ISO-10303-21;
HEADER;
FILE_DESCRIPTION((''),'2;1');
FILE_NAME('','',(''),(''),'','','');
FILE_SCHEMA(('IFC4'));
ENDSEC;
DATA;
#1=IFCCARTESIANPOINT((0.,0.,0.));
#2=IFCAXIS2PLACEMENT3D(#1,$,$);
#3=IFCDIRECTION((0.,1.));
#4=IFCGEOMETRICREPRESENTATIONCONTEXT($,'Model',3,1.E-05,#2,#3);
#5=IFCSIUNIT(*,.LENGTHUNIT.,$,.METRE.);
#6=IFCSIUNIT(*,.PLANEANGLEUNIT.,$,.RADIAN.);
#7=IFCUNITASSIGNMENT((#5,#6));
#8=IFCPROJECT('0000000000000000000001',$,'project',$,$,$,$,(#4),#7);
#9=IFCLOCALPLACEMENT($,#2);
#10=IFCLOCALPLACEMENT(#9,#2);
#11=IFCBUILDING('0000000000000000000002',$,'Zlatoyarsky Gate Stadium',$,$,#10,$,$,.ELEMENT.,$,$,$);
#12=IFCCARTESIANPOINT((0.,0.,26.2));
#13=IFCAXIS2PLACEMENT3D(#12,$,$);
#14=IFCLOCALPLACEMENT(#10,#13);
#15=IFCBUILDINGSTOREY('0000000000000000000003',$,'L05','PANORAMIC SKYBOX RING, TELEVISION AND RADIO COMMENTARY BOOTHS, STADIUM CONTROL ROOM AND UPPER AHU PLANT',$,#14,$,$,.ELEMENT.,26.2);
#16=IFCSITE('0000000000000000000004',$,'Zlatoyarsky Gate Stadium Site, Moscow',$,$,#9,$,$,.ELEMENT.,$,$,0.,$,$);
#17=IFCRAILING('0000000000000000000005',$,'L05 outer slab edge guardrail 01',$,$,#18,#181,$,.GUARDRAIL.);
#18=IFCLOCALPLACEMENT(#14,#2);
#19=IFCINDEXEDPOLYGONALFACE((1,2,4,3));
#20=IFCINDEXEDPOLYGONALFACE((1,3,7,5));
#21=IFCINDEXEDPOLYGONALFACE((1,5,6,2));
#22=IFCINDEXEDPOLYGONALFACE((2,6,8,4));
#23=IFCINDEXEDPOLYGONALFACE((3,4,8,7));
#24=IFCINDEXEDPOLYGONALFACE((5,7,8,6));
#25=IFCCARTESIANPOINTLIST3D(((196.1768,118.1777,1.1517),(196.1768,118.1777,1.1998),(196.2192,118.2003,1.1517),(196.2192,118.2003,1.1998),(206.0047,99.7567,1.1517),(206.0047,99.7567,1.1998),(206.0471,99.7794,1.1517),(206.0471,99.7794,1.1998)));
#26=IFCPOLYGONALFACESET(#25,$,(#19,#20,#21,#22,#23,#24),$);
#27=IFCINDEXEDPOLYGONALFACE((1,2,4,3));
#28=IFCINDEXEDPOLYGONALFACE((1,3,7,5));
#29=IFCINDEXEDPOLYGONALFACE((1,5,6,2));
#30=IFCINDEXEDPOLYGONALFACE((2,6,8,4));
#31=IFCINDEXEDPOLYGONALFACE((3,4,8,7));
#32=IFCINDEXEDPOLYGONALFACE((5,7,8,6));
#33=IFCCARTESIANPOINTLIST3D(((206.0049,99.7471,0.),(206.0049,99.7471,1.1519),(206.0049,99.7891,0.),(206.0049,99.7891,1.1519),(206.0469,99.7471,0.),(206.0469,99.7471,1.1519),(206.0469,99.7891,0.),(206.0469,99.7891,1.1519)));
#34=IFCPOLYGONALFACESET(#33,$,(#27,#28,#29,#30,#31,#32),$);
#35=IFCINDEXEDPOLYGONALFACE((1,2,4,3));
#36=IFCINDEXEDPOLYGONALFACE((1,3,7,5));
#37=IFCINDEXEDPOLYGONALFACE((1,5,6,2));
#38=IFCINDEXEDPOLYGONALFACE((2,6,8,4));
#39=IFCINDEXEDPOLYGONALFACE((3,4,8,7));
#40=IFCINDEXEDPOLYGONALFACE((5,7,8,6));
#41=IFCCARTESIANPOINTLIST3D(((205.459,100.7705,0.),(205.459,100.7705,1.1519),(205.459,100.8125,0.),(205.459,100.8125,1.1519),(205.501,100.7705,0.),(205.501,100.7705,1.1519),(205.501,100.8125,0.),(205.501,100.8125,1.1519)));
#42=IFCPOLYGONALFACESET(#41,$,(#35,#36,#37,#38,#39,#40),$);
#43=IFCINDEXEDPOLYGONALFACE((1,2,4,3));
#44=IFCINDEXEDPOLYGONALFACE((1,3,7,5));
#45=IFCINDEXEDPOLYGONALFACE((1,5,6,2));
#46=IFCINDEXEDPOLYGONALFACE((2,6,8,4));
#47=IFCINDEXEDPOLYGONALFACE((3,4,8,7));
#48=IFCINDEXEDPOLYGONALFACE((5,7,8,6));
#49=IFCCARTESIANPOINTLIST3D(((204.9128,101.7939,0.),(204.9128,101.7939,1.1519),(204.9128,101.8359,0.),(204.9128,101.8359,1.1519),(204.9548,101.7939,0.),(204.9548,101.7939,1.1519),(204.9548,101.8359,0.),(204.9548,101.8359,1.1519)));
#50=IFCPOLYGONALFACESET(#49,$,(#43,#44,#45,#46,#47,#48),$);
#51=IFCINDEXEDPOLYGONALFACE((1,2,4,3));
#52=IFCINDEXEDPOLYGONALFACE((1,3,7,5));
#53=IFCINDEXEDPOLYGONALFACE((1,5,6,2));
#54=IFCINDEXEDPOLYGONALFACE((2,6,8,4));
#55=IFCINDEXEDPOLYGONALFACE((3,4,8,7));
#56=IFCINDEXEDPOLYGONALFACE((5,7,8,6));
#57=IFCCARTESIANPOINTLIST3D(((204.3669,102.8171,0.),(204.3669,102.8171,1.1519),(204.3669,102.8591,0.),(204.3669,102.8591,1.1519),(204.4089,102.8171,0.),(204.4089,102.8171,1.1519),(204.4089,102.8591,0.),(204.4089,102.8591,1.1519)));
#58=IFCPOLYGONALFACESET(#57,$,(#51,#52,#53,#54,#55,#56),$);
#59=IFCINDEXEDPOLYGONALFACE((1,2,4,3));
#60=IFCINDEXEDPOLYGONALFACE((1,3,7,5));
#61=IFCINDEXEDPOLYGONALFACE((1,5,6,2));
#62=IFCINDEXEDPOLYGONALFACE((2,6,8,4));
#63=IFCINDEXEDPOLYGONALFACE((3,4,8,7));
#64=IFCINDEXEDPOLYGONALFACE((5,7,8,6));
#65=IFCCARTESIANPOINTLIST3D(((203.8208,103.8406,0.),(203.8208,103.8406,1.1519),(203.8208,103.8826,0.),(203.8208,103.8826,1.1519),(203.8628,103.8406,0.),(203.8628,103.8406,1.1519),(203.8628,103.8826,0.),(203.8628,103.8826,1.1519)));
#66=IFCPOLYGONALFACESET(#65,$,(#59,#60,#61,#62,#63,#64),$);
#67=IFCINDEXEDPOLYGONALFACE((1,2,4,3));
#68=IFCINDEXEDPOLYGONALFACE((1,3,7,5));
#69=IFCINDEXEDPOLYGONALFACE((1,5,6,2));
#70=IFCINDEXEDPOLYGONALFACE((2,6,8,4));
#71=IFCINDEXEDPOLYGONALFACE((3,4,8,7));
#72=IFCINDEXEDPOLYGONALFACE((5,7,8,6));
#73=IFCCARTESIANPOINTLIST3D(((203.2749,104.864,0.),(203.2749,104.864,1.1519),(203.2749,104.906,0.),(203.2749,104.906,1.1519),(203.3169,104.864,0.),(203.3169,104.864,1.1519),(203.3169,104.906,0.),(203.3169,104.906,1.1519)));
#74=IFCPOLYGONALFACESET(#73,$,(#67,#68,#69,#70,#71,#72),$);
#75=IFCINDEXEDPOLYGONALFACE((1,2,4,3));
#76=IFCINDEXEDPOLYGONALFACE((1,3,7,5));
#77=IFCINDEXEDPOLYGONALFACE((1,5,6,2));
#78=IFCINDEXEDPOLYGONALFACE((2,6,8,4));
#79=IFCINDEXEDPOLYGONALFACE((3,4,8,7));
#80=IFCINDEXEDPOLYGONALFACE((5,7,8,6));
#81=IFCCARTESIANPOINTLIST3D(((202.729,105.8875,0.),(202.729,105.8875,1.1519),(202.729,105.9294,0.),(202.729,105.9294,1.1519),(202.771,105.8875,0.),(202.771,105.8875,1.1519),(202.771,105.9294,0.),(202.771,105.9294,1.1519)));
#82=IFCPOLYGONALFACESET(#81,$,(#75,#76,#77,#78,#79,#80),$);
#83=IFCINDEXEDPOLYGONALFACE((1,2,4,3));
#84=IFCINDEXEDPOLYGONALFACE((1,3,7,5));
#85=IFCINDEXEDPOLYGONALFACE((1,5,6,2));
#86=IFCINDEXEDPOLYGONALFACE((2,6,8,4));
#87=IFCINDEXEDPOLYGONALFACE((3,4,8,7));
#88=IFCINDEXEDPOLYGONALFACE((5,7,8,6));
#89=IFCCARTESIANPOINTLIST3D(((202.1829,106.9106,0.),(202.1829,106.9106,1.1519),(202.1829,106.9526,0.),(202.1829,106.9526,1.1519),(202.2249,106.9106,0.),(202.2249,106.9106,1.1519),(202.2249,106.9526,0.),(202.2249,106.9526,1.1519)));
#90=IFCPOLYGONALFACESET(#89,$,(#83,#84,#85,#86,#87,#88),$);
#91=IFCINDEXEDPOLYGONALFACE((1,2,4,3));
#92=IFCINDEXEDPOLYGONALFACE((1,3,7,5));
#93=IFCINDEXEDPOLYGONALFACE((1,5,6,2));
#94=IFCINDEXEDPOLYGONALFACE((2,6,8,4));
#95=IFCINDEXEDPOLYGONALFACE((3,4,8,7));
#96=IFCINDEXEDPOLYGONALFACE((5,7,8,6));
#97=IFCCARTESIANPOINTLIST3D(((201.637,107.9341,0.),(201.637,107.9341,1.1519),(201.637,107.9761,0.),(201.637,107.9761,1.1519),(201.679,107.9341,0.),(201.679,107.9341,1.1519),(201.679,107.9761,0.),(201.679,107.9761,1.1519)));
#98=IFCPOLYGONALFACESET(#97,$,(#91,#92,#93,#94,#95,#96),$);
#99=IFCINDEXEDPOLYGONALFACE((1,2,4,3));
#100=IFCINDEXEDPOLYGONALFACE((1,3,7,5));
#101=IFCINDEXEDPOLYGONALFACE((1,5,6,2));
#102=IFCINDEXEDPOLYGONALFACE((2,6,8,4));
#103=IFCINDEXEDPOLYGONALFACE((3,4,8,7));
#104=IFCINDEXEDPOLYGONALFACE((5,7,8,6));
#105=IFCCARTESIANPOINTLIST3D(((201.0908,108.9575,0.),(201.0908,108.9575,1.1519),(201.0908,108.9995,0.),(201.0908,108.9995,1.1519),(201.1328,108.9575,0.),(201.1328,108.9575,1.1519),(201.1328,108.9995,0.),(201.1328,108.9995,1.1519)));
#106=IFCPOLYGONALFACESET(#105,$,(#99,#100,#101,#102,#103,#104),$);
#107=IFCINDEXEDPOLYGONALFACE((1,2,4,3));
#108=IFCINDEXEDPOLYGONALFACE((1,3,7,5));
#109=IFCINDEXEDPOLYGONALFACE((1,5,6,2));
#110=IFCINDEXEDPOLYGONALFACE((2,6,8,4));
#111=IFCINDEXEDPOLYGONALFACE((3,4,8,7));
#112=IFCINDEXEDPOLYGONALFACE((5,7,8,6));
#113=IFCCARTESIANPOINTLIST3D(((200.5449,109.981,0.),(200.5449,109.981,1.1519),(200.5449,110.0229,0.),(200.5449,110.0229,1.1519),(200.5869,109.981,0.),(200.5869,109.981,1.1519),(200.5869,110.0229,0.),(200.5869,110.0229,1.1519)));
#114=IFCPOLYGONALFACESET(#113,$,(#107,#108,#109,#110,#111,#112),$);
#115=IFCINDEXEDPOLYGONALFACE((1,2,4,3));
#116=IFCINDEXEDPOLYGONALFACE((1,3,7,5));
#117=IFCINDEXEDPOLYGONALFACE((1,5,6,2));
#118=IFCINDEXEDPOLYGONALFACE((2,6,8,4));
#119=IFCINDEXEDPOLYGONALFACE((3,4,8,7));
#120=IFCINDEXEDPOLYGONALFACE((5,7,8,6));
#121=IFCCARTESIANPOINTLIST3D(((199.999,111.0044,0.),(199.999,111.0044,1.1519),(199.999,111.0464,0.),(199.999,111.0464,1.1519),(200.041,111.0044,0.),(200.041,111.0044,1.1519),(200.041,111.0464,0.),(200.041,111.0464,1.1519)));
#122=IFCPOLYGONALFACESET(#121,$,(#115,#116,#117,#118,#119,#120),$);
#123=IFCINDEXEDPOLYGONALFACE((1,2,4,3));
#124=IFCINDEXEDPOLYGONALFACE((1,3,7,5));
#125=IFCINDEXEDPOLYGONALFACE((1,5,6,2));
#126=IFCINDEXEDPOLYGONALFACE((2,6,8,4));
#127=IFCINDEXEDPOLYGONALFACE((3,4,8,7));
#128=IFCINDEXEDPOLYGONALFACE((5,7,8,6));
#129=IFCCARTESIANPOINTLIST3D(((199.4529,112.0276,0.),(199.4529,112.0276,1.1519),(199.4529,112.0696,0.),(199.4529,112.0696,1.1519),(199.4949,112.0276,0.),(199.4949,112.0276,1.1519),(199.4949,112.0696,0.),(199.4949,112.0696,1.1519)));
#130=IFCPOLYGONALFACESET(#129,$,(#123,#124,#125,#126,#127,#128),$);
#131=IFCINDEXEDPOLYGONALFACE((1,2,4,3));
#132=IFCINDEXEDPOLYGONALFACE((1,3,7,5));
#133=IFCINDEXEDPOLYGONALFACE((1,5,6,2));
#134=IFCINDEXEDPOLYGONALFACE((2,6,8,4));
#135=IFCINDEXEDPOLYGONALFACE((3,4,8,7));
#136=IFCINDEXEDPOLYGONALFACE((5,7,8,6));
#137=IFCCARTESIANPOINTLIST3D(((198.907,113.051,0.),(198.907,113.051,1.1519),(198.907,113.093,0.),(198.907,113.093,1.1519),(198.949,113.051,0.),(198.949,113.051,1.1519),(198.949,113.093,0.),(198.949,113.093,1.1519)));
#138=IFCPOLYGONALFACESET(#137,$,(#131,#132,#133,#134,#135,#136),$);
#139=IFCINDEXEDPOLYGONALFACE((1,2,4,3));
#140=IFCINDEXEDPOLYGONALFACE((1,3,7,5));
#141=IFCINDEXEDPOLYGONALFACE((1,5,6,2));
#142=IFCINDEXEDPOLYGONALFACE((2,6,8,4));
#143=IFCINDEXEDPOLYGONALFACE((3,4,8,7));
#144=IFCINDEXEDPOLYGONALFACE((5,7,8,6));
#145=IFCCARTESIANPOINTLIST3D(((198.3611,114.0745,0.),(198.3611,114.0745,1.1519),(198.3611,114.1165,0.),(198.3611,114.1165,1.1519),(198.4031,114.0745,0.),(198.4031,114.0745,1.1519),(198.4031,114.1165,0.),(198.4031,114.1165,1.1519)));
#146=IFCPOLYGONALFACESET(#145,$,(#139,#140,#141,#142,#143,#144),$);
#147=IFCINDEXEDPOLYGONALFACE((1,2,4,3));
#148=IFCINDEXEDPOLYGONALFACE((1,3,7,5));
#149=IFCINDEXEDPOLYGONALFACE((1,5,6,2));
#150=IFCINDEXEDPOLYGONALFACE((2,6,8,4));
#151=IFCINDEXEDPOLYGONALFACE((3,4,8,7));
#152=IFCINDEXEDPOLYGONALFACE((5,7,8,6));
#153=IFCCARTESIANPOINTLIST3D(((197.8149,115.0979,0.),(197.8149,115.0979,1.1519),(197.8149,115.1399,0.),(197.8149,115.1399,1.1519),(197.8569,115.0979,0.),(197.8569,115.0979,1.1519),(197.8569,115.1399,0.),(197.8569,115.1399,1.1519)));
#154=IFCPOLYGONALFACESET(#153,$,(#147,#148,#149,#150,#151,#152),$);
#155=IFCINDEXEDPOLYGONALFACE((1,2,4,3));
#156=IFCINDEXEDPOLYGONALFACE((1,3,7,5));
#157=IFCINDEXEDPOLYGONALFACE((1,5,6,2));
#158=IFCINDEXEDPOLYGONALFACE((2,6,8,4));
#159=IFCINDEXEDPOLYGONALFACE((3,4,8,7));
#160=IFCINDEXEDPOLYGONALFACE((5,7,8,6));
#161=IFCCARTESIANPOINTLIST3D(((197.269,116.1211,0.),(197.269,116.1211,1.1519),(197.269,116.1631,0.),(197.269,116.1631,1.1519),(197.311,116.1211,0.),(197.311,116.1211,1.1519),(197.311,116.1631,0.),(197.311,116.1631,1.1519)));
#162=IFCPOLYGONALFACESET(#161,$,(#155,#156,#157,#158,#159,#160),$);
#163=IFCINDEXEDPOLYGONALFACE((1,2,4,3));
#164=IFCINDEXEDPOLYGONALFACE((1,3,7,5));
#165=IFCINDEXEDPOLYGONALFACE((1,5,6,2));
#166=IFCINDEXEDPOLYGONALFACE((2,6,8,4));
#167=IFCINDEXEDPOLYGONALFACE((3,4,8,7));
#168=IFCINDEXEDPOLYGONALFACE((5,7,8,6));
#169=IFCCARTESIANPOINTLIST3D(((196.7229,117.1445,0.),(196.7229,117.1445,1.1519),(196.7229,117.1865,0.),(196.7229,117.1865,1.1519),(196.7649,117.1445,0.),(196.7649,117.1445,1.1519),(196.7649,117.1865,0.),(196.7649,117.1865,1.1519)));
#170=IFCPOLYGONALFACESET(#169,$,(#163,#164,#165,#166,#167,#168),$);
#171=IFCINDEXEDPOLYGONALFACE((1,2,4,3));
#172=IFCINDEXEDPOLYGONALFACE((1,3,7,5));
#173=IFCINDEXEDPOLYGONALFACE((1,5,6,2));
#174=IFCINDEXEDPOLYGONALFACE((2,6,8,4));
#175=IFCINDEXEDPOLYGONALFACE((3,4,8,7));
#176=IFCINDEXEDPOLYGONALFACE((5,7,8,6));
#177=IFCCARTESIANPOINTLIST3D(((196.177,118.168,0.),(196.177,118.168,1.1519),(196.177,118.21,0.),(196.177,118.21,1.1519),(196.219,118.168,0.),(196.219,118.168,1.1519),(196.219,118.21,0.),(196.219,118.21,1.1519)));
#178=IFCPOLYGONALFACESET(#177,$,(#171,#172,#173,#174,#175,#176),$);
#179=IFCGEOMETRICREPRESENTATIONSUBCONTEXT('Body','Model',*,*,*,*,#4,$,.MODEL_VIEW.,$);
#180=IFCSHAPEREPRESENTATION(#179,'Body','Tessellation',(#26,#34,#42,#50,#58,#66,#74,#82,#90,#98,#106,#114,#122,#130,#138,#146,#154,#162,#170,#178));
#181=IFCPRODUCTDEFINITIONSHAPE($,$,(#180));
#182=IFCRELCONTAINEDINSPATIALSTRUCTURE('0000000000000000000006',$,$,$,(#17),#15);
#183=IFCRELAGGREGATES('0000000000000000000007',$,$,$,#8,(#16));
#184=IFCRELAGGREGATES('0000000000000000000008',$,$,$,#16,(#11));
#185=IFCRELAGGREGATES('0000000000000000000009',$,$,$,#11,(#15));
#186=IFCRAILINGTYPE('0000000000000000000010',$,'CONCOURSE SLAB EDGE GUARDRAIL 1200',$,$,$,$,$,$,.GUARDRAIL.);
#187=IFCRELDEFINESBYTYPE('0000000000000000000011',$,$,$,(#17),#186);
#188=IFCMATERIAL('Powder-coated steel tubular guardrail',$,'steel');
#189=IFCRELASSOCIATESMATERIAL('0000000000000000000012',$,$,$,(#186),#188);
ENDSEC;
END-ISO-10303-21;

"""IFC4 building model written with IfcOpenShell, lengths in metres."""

from ifc_helpers import new_model, si_unit, direction, frame, origin, origin_2d, place, context, subcontext, project, spatial, rectangle, extrude, material, type_object, element, save


model = new_model("IFC4")

# Units and contexts
model_context = context("Model", 3, precision=1e-05, world=origin(), true_north=direction((0.0, 1.0)))
body_context = subcontext(model_context, "Body", "Model", "MODEL_VIEW")
ifc_project = project(units=[si_unit("LENGTHUNIT", "METRE"), si_unit("PLANEANGLEUNIT", "RADIAN")], contexts=[model_context])

# Site, building, storey
site_placement = place(None, origin())
site = spatial("IfcSite", under=ifc_project, at=site_placement, Name="Zlatoyarsky Gate Stadium Site, Moscow", CompositionType="ELEMENT", RefElevation=0.0)
building_placement = place(site_placement, origin())
building = spatial("IfcBuilding", under=site, at=building_placement, Name="Zlatoyarsky Gate Stadium", CompositionType="ELEMENT")
storey_placement = place(building_placement, frame((0.0, 0.0, 26.2)))
storey = spatial("IfcBuildingStorey", under=building, at=storey_placement, Name="L05", Description="PANORAMIC SKYBOX RING, TELEVISION AND RADIO COMMENTARY BOOTHS, STADIUM CONTROL ROOM AND UPPER AHU PLANT", CompositionType="ELEMENT", Elevation=26.2)

# Railing
ifc_material_1 = material(Name="Powder-coated steel tubular guardrail", Category="steel")
railing_type = type_object("IfcRailingType", Name="CONCOURSE SLAB EDGE GUARDRAIL 1200", PredefinedType="GUARDRAIL", material=ifc_material_1)
railing_placement = place(storey_placement, frame((206.0259, 99.7681, 0.0)))
element("IfcRailing", 1, at=railing_placement, inside=storey, type_object=railing_type, Name="L05 outer slab edge guardrail 01", PredefinedType="GUARDRAIL", context=body_context, shape_type="SweptSolid", body=[
    extrude(rectangle(XDim=0.0481, YDim=0.0481, at=origin_2d()), frame((0.0, 0.0, 1.1758), z_axis=(-0.470715, 0.882285, 0.0), x_axis=(-0.882285, -0.470715, 0.0)), (0.0, 0.0, 1.0), 20.8787),
    extrude(rectangle(XDim=0.042, YDim=0.042, at=origin_2d()), origin(), (0.0, 0.0, 1.0), 1.1519),
    extrude(rectangle(XDim=0.042, YDim=0.042, at=origin_2d()), frame((-0.5459, 1.0234, 0.0)), (0.0, 0.0, 1.0), 1.1519),
    extrude(rectangle(XDim=0.042, YDim=0.042, at=origin_2d()), frame((-1.092, 2.0469, 0.0)), (0.0, 0.0, 1.0), 1.1519),
    extrude(rectangle(XDim=0.042, YDim=0.042, at=origin_2d()), frame((-1.6379, 3.0701, 0.0)), (0.0, 0.0, 1.0), 1.1519),
    extrude(rectangle(XDim=0.042, YDim=0.042, at=origin_2d()), frame((-2.1841, 4.0935, 0.0)), (0.0, 0.0, 1.0), 1.1519),
    extrude(rectangle(XDim=0.042, YDim=0.042, at=origin_2d()), frame((-2.73, 5.1169, 0.0)), (0.0, 0.0, 1.0), 1.1519),
    extrude(rectangle(XDim=0.042, YDim=0.042, at=origin_2d()), frame((-3.2759, 6.1404, 0.0)), (0.0, 0.0, 1.0), 1.1519),
    extrude(rectangle(XDim=0.042, YDim=0.042, at=origin_2d()), frame((-3.822, 7.1636, 0.0)), (0.0, 0.0, 1.0), 1.1519),
    extrude(rectangle(XDim=0.042, YDim=0.042, at=origin_2d()), frame((-4.3679, 8.187, 0.0)), (0.0, 0.0, 1.0), 1.1519),
    extrude(rectangle(XDim=0.042, YDim=0.042, at=origin_2d()), frame((-4.9141, 9.2104, 0.0)), (0.0, 0.0, 1.0), 1.1519),
    extrude(rectangle(XDim=0.042, YDim=0.042, at=origin_2d()), frame((-5.46, 10.2339, 0.0)), (0.0, 0.0, 1.0), 1.1519),
    extrude(rectangle(XDim=0.042, YDim=0.042, at=origin_2d()), frame((-6.0059, 11.2573, 0.0)), (0.0, 0.0, 1.0), 1.1519),
    extrude(rectangle(XDim=0.042, YDim=0.042, at=origin_2d()), frame((-6.552, 12.2805, 0.0)), (0.0, 0.0, 1.0), 1.1519),
    extrude(rectangle(XDim=0.042, YDim=0.042, at=origin_2d()), frame((-7.0979, 13.304, 0.0)), (0.0, 0.0, 1.0), 1.1519),
    extrude(rectangle(XDim=0.042, YDim=0.042, at=origin_2d()), frame((-7.6438, 14.3274, 0.0)), (0.0, 0.0, 1.0), 1.1519),
    extrude(rectangle(XDim=0.042, YDim=0.042, at=origin_2d()), frame((-8.1899, 15.3508, 0.0)), (0.0, 0.0, 1.0), 1.1519),
    extrude(rectangle(XDim=0.042, YDim=0.042, at=origin_2d()), frame((-8.7358, 16.374, 0.0)), (0.0, 0.0, 1.0), 1.1519),
    extrude(rectangle(XDim=0.042, YDim=0.042, at=origin_2d()), frame((-9.282, 17.3975, 0.0)), (0.0, 0.0, 1.0), 1.1519),
    extrude(rectangle(XDim=0.042, YDim=0.042, at=origin_2d()), frame((-9.8279, 18.4209, 0.0)), (0.0, 0.0, 1.0), 1.1519),
])

save(model, "model.ifc")
